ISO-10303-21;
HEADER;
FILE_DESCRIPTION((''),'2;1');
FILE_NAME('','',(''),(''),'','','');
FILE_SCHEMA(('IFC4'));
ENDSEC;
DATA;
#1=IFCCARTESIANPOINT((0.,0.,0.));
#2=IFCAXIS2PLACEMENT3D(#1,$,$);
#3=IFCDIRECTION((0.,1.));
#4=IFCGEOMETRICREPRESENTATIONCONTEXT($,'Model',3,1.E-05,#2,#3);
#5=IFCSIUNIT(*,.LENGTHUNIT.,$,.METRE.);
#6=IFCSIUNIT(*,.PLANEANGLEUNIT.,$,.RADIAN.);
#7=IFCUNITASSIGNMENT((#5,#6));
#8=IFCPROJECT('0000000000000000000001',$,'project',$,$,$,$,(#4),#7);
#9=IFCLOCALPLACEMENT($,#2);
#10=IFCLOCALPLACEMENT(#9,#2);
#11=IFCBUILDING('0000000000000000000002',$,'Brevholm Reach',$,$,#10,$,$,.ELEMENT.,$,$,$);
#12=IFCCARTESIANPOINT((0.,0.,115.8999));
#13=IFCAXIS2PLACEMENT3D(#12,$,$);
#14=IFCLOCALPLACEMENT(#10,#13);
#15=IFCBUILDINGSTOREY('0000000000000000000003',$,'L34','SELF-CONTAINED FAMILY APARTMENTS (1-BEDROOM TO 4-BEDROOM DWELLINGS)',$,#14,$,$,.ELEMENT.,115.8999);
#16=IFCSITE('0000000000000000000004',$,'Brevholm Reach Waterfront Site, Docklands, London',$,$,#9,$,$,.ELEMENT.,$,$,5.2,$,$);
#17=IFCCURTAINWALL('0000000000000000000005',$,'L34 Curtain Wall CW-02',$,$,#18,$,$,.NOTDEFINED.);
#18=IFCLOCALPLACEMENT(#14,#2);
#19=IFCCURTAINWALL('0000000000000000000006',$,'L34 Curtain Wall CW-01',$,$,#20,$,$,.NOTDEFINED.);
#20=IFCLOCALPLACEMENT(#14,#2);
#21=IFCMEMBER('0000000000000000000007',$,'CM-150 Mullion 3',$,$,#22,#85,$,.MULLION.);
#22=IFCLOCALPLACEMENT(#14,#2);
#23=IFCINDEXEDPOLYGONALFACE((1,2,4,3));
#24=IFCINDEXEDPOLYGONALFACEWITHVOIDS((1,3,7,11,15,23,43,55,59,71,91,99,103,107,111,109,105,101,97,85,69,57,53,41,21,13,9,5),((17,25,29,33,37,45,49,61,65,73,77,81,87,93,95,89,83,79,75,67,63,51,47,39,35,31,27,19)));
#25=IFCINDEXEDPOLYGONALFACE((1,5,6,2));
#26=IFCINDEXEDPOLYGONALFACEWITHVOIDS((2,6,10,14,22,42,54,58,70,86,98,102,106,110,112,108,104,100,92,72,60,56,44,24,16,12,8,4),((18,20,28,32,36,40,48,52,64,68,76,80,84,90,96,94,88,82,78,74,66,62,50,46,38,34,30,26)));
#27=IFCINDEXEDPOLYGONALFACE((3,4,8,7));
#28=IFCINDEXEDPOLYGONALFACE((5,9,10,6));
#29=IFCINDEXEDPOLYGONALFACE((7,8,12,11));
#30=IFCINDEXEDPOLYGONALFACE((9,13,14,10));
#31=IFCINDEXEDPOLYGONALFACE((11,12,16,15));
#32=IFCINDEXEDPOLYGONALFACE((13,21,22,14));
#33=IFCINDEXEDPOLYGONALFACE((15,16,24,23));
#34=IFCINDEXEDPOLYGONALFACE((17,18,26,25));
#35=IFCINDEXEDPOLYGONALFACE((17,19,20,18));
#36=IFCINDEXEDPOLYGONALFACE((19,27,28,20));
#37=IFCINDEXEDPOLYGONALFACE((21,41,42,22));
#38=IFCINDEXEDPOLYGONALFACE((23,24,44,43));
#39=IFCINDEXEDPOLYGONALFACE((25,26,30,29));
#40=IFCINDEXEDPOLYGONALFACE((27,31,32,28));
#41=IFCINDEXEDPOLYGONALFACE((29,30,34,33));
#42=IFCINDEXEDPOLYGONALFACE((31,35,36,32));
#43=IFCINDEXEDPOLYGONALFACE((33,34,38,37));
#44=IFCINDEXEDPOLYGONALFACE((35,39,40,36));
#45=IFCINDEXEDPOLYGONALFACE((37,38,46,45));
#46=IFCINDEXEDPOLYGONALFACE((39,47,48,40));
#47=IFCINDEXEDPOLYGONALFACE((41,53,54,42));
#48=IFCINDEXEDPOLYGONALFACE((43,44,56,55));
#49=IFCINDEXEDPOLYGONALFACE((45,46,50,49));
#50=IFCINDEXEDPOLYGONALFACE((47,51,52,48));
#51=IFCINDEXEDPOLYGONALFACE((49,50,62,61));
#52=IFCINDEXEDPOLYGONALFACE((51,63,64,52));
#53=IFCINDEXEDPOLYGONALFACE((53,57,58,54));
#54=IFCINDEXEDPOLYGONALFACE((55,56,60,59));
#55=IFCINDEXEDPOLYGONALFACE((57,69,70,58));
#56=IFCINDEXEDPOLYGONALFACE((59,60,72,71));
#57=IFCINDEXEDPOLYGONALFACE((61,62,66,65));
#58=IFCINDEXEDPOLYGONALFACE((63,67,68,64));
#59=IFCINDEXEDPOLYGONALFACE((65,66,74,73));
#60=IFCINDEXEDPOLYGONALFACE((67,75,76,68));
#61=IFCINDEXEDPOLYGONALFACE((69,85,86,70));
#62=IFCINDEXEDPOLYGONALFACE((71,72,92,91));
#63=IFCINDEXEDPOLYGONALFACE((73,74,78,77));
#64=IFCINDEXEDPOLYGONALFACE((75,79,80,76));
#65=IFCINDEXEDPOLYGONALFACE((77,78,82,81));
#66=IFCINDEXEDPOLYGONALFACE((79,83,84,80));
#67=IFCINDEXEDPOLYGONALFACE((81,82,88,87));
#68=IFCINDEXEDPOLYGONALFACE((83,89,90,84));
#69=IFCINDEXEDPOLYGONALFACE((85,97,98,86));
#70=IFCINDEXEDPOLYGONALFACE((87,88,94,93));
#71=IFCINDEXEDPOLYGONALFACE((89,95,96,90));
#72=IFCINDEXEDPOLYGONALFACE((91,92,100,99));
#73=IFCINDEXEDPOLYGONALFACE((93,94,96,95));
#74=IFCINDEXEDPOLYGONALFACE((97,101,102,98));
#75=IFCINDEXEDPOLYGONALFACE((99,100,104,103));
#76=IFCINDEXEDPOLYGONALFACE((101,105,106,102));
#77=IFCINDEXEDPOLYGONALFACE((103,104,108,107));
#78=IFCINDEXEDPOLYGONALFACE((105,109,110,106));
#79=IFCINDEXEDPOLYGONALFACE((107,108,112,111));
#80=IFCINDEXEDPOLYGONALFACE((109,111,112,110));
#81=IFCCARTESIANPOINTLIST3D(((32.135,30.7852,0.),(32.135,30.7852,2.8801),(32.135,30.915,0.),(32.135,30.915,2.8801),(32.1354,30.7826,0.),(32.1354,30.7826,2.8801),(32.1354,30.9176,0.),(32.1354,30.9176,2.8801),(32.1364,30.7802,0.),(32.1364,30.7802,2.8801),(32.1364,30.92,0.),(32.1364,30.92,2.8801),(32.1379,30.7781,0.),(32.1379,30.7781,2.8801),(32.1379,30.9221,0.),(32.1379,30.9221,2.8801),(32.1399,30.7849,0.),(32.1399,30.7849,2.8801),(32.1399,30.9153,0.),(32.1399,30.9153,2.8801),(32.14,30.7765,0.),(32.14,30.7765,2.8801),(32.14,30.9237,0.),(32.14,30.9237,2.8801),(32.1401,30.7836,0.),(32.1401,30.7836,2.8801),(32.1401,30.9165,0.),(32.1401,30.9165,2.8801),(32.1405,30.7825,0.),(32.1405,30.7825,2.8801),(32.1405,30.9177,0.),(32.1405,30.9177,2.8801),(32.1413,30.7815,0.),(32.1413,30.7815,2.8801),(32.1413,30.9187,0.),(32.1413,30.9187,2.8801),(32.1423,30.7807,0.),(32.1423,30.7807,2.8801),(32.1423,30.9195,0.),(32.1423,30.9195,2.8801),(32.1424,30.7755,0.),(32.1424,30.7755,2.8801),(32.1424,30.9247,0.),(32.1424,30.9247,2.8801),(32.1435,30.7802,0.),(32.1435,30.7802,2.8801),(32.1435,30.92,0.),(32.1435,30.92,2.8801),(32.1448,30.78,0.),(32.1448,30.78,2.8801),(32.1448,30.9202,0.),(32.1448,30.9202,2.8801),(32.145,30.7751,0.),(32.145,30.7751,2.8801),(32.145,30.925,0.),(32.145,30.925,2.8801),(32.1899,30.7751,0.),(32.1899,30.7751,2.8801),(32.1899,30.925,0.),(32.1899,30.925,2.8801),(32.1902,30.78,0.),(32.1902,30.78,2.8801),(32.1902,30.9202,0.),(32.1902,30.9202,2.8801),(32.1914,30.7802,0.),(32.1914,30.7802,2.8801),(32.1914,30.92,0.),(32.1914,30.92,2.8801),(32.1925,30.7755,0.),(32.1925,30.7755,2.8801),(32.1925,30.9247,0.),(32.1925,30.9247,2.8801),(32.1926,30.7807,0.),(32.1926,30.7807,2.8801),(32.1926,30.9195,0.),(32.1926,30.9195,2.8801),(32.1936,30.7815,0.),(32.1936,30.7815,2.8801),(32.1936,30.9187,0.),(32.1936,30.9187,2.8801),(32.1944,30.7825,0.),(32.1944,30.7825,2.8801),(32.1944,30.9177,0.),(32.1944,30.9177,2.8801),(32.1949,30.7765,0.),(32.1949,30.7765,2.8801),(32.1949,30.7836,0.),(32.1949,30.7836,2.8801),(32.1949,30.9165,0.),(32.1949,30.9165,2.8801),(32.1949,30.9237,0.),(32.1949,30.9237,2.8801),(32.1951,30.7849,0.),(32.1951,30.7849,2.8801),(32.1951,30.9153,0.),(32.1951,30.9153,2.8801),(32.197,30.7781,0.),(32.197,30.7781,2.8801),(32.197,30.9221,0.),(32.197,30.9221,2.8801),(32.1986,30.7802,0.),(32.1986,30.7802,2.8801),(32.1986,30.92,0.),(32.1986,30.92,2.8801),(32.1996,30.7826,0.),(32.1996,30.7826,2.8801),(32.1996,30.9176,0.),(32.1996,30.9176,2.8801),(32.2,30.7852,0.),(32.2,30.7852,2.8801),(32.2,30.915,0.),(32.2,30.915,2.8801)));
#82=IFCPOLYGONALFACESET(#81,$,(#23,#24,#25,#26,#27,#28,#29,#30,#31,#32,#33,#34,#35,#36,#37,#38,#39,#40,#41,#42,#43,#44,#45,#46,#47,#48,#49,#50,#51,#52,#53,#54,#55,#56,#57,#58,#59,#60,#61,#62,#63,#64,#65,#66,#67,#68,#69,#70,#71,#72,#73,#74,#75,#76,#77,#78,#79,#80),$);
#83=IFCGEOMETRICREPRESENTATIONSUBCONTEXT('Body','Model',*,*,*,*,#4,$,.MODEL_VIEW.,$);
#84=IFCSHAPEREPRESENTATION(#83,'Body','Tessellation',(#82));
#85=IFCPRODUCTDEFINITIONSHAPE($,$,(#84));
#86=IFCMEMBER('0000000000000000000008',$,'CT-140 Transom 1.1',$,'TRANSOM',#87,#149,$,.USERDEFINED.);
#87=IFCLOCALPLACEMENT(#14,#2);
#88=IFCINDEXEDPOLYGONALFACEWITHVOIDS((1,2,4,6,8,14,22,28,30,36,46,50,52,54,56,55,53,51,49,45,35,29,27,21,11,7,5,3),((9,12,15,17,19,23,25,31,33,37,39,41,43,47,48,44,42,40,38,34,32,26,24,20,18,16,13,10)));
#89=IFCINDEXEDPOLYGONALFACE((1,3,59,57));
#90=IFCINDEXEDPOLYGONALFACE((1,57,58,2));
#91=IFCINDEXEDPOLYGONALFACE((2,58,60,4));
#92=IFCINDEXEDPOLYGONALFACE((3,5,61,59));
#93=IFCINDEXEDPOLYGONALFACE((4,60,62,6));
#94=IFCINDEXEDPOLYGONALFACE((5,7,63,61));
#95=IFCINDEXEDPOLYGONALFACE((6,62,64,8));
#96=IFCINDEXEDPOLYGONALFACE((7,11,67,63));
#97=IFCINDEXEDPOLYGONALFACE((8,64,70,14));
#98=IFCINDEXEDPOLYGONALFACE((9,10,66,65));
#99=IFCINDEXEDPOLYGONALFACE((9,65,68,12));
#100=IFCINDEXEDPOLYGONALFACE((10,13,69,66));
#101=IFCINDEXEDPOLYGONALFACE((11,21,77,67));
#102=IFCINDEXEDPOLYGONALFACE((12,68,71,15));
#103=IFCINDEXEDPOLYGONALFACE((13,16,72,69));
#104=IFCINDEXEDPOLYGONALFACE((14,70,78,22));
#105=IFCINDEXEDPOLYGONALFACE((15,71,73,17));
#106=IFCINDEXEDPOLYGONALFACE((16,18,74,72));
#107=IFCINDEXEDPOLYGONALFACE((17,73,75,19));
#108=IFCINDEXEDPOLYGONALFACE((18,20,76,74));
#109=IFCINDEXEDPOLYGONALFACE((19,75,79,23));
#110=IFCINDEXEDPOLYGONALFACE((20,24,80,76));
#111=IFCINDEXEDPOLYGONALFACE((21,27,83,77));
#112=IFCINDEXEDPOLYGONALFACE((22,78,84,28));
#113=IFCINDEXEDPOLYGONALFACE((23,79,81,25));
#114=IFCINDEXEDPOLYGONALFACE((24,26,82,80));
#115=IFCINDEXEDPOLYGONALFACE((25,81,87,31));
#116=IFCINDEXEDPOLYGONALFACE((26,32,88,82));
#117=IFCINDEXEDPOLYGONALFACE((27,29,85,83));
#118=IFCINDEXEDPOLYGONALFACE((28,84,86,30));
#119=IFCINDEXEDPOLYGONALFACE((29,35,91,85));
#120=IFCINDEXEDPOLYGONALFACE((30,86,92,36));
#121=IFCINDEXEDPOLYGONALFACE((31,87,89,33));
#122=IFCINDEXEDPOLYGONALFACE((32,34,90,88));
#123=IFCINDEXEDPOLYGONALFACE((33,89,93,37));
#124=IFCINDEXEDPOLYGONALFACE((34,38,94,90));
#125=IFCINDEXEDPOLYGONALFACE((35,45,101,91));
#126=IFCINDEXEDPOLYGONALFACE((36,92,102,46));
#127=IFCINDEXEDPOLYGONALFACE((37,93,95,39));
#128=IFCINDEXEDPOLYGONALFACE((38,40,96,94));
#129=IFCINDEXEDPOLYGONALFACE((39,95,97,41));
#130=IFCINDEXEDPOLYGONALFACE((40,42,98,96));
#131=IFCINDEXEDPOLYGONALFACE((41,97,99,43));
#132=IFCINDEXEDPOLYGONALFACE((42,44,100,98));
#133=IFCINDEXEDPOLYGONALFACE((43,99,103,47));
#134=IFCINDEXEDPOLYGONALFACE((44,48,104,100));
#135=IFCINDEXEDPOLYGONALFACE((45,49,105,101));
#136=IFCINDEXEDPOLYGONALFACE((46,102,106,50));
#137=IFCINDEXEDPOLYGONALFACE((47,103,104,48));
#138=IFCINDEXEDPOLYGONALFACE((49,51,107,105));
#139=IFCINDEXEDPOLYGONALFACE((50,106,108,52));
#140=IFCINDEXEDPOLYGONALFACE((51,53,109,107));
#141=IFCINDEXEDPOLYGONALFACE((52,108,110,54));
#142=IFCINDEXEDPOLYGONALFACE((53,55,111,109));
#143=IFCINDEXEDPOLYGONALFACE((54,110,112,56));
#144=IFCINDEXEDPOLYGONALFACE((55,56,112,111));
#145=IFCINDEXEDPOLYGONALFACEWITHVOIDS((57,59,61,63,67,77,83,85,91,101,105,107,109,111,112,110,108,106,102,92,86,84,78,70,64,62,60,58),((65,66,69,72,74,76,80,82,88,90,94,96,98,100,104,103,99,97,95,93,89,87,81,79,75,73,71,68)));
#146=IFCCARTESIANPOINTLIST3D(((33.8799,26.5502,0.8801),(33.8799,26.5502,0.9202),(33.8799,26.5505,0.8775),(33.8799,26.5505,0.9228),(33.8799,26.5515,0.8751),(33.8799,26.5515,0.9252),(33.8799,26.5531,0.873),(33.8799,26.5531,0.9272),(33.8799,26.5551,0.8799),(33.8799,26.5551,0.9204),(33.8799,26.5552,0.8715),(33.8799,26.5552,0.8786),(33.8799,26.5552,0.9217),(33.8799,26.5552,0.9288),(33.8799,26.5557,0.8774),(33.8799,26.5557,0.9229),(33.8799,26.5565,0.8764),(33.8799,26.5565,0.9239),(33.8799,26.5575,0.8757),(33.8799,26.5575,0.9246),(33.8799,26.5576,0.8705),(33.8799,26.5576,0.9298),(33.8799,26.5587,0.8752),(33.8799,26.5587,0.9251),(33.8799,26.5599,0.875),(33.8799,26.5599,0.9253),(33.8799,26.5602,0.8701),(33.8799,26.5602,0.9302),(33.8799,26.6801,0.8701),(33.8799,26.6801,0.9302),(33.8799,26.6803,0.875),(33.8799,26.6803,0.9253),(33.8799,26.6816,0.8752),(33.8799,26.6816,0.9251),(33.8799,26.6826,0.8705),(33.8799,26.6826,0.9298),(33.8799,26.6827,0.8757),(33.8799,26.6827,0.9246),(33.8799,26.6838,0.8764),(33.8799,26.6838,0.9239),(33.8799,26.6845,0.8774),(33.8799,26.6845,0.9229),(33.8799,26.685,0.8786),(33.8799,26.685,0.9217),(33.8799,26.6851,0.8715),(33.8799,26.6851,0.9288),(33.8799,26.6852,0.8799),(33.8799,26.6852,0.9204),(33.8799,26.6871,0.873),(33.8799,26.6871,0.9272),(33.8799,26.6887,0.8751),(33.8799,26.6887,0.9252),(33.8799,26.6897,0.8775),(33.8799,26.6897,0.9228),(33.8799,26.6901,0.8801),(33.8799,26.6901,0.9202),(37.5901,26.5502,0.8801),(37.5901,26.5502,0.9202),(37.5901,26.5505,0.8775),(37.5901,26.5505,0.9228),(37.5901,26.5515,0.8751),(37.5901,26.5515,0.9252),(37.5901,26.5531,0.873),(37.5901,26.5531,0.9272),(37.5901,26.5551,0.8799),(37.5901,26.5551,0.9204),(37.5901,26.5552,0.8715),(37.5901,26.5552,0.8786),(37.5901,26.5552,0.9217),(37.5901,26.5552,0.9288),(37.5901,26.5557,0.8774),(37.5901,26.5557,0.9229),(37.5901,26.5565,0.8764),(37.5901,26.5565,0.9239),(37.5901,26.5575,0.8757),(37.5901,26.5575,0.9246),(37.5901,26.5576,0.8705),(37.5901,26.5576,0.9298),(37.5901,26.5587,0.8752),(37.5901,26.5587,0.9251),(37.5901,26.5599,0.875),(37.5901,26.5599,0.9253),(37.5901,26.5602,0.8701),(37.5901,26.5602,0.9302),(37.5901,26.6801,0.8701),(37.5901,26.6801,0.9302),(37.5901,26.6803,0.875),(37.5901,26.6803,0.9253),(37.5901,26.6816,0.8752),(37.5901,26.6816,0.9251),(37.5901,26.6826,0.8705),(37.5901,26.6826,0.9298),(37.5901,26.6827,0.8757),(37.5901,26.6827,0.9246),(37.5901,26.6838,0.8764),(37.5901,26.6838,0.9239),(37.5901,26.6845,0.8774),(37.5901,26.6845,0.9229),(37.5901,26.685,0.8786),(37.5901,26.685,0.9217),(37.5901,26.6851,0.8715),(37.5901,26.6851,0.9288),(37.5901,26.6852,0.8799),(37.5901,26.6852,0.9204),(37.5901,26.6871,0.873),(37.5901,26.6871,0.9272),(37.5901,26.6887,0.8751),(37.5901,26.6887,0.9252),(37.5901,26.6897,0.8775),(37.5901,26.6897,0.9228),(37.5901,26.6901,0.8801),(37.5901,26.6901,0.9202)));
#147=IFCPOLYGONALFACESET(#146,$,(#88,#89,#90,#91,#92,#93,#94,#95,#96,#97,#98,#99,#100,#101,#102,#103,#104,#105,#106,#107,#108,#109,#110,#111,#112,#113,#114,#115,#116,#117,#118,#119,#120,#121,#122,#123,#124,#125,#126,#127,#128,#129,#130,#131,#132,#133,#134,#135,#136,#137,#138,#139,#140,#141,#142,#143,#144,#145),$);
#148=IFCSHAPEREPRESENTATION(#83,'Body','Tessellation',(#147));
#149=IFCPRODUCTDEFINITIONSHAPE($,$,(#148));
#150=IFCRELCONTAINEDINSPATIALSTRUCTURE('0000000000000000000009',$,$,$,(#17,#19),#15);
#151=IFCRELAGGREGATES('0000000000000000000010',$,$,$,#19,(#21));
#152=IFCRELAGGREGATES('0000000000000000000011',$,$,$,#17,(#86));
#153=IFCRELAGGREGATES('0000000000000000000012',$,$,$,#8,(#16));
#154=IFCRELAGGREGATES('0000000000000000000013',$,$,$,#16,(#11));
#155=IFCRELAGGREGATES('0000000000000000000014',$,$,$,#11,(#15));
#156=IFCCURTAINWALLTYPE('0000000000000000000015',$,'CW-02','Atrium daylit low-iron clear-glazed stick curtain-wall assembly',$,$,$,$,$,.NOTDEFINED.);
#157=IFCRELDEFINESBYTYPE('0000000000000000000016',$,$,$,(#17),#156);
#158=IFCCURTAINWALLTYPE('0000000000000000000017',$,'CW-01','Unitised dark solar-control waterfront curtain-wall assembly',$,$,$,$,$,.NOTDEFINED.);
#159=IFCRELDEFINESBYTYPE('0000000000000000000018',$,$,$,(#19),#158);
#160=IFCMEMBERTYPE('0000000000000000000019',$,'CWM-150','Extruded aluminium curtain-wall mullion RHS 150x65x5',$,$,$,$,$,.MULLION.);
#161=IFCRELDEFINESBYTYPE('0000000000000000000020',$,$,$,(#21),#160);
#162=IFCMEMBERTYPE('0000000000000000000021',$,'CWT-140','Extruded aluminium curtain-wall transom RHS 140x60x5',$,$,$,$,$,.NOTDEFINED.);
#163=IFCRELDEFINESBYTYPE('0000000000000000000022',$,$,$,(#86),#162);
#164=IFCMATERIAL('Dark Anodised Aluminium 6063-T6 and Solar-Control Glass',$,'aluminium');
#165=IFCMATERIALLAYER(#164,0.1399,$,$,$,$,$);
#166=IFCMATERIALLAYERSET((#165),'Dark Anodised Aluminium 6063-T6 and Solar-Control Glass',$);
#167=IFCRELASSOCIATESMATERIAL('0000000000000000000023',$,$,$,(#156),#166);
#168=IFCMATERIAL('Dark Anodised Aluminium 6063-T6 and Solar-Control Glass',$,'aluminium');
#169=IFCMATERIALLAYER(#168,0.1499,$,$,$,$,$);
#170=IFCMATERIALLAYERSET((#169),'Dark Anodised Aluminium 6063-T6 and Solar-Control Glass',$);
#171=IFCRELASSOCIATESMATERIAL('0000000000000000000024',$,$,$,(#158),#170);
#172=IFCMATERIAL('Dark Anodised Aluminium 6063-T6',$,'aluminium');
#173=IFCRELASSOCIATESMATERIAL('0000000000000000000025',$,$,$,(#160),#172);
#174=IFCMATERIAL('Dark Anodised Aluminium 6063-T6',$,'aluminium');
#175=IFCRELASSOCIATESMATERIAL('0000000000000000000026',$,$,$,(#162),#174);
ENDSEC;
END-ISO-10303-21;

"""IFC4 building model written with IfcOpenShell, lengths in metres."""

from ifc_helpers import new_model, si_unit, direction, frame, origin, origin_2d, place, context, subcontext, project, spatial, hollow_rectangle, extrude, material, layer, layer_set, material_profile, profile_set, type_object, element, aggregate, save


model = new_model("IFC4")

# Units and contexts
model_context = context("Model", 3, precision=1e-05, world=origin(), true_north=direction((0.0, 1.0)))
body_context = subcontext(model_context, "Body", "Model", "MODEL_VIEW")
ifc_project = project(units=[si_unit("LENGTHUNIT", "METRE"), si_unit("PLANEANGLEUNIT", "RADIAN")], contexts=[model_context])

# Site, building, storey
site_placement = place(None, origin())
site = spatial("IfcSite", under=ifc_project, at=site_placement, Name="Brevholm Reach Waterfront Site, Docklands, London", CompositionType="ELEMENT", RefElevation=5.2)
building_placement = place(site_placement, origin())
building = spatial("IfcBuilding", under=site, at=building_placement, Name="Brevholm Reach", CompositionType="ELEMENT")
storey_placement = place(building_placement, frame((0.0, 0.0, 115.8999)))
storey = spatial("IfcBuildingStorey", under=building, at=storey_placement, Name="L34", Description="SELF-CONTAINED FAMILY APARTMENTS (1-BEDROOM TO 4-BEDROOM DWELLINGS)", CompositionType="ELEMENT", Elevation=115.8999)

# Curtain walls, member
ifc_material_1 = material(Name="Dark Anodised Aluminium 6063-T6 and Solar-Control Glass", Category="aluminium")
ifc_layer_1 = layer(ifc_material_1, 0.1399)
ifc_layer_set_1 = layer_set([ifc_layer_1], Name="Dark Anodised Aluminium 6063-T6 and Solar-Control Glass")
curtain_wall_type_1 = type_object("IfcCurtainWallType", Name="CW-02", Description="Atrium daylit low-iron clear-glazed stick curtain-wall assembly", PredefinedType="NOTDEFINED", material=ifc_layer_set_1)
curtain_wall_1_placement = place(storey_placement, origin())
curtain_wall_1 = element("IfcCurtainWall", 1, at=curtain_wall_1_placement, inside=storey, type_object=curtain_wall_type_1, Name="L34 Curtain Wall CW-02", PredefinedType="NOTDEFINED")
ifc_material_2 = material(Name="Dark Anodised Aluminium 6063-T6 and Solar-Control Glass", Category="aluminium")
ifc_layer_2 = layer(ifc_material_2, 0.1499)
ifc_layer_set_2 = layer_set([ifc_layer_2], Name="Dark Anodised Aluminium 6063-T6 and Solar-Control Glass")
curtain_wall_type_2 = type_object("IfcCurtainWallType", Name="CW-01", Description="Unitised dark solar-control waterfront curtain-wall assembly", PredefinedType="NOTDEFINED", material=ifc_layer_set_2)
curtain_wall_2_placement = place(storey_placement, origin())
curtain_wall_2 = element("IfcCurtainWall", 2, at=curtain_wall_2_placement, inside=storey, type_object=curtain_wall_type_2, Name="L34 Curtain Wall CW-01", PredefinedType="NOTDEFINED")
ifc_material_3 = material(Name="Dark Anodised Aluminium 6063-T6", Category="aluminium")
ifc_material_profile_1 = material_profile(ifc_material_3, hollow_rectangle(XDim=0.0649, YDim=0.1499, WallThickness=0.0049, InnerFilletRadius=0.0049, OuterFilletRadius=0.01, at=origin_2d()), Name="RHS 150x65x5")
ifc_profile_set_1 = profile_set([ifc_material_profile_1], Name="Dark Anodised Aluminium 6063-T6")
member_type_1 = type_object("IfcMemberType", Name="CWM-150", Description="Extruded aluminium curtain-wall mullion RHS 150x65x5", PredefinedType="MULLION", material=ifc_profile_set_1)
member_1_placement = place(storey_placement, frame((32.1675, 30.8501, 0.0), z_axis=(0.0, 0.0, 1.0), x_axis=(1.0, 0.0, 0.0)))
member_1 = element("IfcMember", 3, at=member_1_placement, type_object=member_type_1, Name="CM-150 Mullion 3", PredefinedType="MULLION", context=body_context, shape_type="SweptSolid", body=[
    extrude(hollow_rectangle(XDim=0.0649, YDim=0.1499, WallThickness=0.0049, InnerFilletRadius=0.0049, OuterFilletRadius=0.01, at=origin_2d()), origin(), (0.0, 0.0, 1.0), 2.8801),
])

# Member
ifc_material_4 = material(Name="Dark Anodised Aluminium 6063-T6", Category="aluminium")
ifc_material_profile_2 = material_profile(ifc_material_4, hollow_rectangle(XDim=0.0601, YDim=0.1399, WallThickness=0.0049, InnerFilletRadius=0.0049, OuterFilletRadius=0.01, at=origin_2d()), Name="RHS 140x60x5")
ifc_profile_set_2 = profile_set([ifc_material_profile_2], Name="Dark Anodised Aluminium 6063-T6")
member_type_2 = type_object("IfcMemberType", Name="CWT-140", Description="Extruded aluminium curtain-wall transom RHS 140x60x5", PredefinedType="NOTDEFINED", material=ifc_profile_set_2)
member_2_placement = place(storey_placement, frame((37.5901, 26.6201, 0.9001), z_axis=(-1.0, 0.0, 0.0), x_axis=(0.0, 0.0, 1.0)))
member_2 = element("IfcMember", 4, at=member_2_placement, type_object=member_type_2, Name="CT-140 Transom 1.1", ObjectType="TRANSOM", PredefinedType="USERDEFINED", context=body_context, shape_type="SweptSolid", body=[
    extrude(hollow_rectangle(XDim=0.0601, YDim=0.1399, WallThickness=0.0049, InnerFilletRadius=0.0049, OuterFilletRadius=0.01, at=origin_2d()), origin(), (0.0, 0.0, 1.0), 3.7102),
])

aggregate(curtain_wall_2, [member_1])
aggregate(curtain_wall_1, [member_2])

save(model, "model.ifc")
